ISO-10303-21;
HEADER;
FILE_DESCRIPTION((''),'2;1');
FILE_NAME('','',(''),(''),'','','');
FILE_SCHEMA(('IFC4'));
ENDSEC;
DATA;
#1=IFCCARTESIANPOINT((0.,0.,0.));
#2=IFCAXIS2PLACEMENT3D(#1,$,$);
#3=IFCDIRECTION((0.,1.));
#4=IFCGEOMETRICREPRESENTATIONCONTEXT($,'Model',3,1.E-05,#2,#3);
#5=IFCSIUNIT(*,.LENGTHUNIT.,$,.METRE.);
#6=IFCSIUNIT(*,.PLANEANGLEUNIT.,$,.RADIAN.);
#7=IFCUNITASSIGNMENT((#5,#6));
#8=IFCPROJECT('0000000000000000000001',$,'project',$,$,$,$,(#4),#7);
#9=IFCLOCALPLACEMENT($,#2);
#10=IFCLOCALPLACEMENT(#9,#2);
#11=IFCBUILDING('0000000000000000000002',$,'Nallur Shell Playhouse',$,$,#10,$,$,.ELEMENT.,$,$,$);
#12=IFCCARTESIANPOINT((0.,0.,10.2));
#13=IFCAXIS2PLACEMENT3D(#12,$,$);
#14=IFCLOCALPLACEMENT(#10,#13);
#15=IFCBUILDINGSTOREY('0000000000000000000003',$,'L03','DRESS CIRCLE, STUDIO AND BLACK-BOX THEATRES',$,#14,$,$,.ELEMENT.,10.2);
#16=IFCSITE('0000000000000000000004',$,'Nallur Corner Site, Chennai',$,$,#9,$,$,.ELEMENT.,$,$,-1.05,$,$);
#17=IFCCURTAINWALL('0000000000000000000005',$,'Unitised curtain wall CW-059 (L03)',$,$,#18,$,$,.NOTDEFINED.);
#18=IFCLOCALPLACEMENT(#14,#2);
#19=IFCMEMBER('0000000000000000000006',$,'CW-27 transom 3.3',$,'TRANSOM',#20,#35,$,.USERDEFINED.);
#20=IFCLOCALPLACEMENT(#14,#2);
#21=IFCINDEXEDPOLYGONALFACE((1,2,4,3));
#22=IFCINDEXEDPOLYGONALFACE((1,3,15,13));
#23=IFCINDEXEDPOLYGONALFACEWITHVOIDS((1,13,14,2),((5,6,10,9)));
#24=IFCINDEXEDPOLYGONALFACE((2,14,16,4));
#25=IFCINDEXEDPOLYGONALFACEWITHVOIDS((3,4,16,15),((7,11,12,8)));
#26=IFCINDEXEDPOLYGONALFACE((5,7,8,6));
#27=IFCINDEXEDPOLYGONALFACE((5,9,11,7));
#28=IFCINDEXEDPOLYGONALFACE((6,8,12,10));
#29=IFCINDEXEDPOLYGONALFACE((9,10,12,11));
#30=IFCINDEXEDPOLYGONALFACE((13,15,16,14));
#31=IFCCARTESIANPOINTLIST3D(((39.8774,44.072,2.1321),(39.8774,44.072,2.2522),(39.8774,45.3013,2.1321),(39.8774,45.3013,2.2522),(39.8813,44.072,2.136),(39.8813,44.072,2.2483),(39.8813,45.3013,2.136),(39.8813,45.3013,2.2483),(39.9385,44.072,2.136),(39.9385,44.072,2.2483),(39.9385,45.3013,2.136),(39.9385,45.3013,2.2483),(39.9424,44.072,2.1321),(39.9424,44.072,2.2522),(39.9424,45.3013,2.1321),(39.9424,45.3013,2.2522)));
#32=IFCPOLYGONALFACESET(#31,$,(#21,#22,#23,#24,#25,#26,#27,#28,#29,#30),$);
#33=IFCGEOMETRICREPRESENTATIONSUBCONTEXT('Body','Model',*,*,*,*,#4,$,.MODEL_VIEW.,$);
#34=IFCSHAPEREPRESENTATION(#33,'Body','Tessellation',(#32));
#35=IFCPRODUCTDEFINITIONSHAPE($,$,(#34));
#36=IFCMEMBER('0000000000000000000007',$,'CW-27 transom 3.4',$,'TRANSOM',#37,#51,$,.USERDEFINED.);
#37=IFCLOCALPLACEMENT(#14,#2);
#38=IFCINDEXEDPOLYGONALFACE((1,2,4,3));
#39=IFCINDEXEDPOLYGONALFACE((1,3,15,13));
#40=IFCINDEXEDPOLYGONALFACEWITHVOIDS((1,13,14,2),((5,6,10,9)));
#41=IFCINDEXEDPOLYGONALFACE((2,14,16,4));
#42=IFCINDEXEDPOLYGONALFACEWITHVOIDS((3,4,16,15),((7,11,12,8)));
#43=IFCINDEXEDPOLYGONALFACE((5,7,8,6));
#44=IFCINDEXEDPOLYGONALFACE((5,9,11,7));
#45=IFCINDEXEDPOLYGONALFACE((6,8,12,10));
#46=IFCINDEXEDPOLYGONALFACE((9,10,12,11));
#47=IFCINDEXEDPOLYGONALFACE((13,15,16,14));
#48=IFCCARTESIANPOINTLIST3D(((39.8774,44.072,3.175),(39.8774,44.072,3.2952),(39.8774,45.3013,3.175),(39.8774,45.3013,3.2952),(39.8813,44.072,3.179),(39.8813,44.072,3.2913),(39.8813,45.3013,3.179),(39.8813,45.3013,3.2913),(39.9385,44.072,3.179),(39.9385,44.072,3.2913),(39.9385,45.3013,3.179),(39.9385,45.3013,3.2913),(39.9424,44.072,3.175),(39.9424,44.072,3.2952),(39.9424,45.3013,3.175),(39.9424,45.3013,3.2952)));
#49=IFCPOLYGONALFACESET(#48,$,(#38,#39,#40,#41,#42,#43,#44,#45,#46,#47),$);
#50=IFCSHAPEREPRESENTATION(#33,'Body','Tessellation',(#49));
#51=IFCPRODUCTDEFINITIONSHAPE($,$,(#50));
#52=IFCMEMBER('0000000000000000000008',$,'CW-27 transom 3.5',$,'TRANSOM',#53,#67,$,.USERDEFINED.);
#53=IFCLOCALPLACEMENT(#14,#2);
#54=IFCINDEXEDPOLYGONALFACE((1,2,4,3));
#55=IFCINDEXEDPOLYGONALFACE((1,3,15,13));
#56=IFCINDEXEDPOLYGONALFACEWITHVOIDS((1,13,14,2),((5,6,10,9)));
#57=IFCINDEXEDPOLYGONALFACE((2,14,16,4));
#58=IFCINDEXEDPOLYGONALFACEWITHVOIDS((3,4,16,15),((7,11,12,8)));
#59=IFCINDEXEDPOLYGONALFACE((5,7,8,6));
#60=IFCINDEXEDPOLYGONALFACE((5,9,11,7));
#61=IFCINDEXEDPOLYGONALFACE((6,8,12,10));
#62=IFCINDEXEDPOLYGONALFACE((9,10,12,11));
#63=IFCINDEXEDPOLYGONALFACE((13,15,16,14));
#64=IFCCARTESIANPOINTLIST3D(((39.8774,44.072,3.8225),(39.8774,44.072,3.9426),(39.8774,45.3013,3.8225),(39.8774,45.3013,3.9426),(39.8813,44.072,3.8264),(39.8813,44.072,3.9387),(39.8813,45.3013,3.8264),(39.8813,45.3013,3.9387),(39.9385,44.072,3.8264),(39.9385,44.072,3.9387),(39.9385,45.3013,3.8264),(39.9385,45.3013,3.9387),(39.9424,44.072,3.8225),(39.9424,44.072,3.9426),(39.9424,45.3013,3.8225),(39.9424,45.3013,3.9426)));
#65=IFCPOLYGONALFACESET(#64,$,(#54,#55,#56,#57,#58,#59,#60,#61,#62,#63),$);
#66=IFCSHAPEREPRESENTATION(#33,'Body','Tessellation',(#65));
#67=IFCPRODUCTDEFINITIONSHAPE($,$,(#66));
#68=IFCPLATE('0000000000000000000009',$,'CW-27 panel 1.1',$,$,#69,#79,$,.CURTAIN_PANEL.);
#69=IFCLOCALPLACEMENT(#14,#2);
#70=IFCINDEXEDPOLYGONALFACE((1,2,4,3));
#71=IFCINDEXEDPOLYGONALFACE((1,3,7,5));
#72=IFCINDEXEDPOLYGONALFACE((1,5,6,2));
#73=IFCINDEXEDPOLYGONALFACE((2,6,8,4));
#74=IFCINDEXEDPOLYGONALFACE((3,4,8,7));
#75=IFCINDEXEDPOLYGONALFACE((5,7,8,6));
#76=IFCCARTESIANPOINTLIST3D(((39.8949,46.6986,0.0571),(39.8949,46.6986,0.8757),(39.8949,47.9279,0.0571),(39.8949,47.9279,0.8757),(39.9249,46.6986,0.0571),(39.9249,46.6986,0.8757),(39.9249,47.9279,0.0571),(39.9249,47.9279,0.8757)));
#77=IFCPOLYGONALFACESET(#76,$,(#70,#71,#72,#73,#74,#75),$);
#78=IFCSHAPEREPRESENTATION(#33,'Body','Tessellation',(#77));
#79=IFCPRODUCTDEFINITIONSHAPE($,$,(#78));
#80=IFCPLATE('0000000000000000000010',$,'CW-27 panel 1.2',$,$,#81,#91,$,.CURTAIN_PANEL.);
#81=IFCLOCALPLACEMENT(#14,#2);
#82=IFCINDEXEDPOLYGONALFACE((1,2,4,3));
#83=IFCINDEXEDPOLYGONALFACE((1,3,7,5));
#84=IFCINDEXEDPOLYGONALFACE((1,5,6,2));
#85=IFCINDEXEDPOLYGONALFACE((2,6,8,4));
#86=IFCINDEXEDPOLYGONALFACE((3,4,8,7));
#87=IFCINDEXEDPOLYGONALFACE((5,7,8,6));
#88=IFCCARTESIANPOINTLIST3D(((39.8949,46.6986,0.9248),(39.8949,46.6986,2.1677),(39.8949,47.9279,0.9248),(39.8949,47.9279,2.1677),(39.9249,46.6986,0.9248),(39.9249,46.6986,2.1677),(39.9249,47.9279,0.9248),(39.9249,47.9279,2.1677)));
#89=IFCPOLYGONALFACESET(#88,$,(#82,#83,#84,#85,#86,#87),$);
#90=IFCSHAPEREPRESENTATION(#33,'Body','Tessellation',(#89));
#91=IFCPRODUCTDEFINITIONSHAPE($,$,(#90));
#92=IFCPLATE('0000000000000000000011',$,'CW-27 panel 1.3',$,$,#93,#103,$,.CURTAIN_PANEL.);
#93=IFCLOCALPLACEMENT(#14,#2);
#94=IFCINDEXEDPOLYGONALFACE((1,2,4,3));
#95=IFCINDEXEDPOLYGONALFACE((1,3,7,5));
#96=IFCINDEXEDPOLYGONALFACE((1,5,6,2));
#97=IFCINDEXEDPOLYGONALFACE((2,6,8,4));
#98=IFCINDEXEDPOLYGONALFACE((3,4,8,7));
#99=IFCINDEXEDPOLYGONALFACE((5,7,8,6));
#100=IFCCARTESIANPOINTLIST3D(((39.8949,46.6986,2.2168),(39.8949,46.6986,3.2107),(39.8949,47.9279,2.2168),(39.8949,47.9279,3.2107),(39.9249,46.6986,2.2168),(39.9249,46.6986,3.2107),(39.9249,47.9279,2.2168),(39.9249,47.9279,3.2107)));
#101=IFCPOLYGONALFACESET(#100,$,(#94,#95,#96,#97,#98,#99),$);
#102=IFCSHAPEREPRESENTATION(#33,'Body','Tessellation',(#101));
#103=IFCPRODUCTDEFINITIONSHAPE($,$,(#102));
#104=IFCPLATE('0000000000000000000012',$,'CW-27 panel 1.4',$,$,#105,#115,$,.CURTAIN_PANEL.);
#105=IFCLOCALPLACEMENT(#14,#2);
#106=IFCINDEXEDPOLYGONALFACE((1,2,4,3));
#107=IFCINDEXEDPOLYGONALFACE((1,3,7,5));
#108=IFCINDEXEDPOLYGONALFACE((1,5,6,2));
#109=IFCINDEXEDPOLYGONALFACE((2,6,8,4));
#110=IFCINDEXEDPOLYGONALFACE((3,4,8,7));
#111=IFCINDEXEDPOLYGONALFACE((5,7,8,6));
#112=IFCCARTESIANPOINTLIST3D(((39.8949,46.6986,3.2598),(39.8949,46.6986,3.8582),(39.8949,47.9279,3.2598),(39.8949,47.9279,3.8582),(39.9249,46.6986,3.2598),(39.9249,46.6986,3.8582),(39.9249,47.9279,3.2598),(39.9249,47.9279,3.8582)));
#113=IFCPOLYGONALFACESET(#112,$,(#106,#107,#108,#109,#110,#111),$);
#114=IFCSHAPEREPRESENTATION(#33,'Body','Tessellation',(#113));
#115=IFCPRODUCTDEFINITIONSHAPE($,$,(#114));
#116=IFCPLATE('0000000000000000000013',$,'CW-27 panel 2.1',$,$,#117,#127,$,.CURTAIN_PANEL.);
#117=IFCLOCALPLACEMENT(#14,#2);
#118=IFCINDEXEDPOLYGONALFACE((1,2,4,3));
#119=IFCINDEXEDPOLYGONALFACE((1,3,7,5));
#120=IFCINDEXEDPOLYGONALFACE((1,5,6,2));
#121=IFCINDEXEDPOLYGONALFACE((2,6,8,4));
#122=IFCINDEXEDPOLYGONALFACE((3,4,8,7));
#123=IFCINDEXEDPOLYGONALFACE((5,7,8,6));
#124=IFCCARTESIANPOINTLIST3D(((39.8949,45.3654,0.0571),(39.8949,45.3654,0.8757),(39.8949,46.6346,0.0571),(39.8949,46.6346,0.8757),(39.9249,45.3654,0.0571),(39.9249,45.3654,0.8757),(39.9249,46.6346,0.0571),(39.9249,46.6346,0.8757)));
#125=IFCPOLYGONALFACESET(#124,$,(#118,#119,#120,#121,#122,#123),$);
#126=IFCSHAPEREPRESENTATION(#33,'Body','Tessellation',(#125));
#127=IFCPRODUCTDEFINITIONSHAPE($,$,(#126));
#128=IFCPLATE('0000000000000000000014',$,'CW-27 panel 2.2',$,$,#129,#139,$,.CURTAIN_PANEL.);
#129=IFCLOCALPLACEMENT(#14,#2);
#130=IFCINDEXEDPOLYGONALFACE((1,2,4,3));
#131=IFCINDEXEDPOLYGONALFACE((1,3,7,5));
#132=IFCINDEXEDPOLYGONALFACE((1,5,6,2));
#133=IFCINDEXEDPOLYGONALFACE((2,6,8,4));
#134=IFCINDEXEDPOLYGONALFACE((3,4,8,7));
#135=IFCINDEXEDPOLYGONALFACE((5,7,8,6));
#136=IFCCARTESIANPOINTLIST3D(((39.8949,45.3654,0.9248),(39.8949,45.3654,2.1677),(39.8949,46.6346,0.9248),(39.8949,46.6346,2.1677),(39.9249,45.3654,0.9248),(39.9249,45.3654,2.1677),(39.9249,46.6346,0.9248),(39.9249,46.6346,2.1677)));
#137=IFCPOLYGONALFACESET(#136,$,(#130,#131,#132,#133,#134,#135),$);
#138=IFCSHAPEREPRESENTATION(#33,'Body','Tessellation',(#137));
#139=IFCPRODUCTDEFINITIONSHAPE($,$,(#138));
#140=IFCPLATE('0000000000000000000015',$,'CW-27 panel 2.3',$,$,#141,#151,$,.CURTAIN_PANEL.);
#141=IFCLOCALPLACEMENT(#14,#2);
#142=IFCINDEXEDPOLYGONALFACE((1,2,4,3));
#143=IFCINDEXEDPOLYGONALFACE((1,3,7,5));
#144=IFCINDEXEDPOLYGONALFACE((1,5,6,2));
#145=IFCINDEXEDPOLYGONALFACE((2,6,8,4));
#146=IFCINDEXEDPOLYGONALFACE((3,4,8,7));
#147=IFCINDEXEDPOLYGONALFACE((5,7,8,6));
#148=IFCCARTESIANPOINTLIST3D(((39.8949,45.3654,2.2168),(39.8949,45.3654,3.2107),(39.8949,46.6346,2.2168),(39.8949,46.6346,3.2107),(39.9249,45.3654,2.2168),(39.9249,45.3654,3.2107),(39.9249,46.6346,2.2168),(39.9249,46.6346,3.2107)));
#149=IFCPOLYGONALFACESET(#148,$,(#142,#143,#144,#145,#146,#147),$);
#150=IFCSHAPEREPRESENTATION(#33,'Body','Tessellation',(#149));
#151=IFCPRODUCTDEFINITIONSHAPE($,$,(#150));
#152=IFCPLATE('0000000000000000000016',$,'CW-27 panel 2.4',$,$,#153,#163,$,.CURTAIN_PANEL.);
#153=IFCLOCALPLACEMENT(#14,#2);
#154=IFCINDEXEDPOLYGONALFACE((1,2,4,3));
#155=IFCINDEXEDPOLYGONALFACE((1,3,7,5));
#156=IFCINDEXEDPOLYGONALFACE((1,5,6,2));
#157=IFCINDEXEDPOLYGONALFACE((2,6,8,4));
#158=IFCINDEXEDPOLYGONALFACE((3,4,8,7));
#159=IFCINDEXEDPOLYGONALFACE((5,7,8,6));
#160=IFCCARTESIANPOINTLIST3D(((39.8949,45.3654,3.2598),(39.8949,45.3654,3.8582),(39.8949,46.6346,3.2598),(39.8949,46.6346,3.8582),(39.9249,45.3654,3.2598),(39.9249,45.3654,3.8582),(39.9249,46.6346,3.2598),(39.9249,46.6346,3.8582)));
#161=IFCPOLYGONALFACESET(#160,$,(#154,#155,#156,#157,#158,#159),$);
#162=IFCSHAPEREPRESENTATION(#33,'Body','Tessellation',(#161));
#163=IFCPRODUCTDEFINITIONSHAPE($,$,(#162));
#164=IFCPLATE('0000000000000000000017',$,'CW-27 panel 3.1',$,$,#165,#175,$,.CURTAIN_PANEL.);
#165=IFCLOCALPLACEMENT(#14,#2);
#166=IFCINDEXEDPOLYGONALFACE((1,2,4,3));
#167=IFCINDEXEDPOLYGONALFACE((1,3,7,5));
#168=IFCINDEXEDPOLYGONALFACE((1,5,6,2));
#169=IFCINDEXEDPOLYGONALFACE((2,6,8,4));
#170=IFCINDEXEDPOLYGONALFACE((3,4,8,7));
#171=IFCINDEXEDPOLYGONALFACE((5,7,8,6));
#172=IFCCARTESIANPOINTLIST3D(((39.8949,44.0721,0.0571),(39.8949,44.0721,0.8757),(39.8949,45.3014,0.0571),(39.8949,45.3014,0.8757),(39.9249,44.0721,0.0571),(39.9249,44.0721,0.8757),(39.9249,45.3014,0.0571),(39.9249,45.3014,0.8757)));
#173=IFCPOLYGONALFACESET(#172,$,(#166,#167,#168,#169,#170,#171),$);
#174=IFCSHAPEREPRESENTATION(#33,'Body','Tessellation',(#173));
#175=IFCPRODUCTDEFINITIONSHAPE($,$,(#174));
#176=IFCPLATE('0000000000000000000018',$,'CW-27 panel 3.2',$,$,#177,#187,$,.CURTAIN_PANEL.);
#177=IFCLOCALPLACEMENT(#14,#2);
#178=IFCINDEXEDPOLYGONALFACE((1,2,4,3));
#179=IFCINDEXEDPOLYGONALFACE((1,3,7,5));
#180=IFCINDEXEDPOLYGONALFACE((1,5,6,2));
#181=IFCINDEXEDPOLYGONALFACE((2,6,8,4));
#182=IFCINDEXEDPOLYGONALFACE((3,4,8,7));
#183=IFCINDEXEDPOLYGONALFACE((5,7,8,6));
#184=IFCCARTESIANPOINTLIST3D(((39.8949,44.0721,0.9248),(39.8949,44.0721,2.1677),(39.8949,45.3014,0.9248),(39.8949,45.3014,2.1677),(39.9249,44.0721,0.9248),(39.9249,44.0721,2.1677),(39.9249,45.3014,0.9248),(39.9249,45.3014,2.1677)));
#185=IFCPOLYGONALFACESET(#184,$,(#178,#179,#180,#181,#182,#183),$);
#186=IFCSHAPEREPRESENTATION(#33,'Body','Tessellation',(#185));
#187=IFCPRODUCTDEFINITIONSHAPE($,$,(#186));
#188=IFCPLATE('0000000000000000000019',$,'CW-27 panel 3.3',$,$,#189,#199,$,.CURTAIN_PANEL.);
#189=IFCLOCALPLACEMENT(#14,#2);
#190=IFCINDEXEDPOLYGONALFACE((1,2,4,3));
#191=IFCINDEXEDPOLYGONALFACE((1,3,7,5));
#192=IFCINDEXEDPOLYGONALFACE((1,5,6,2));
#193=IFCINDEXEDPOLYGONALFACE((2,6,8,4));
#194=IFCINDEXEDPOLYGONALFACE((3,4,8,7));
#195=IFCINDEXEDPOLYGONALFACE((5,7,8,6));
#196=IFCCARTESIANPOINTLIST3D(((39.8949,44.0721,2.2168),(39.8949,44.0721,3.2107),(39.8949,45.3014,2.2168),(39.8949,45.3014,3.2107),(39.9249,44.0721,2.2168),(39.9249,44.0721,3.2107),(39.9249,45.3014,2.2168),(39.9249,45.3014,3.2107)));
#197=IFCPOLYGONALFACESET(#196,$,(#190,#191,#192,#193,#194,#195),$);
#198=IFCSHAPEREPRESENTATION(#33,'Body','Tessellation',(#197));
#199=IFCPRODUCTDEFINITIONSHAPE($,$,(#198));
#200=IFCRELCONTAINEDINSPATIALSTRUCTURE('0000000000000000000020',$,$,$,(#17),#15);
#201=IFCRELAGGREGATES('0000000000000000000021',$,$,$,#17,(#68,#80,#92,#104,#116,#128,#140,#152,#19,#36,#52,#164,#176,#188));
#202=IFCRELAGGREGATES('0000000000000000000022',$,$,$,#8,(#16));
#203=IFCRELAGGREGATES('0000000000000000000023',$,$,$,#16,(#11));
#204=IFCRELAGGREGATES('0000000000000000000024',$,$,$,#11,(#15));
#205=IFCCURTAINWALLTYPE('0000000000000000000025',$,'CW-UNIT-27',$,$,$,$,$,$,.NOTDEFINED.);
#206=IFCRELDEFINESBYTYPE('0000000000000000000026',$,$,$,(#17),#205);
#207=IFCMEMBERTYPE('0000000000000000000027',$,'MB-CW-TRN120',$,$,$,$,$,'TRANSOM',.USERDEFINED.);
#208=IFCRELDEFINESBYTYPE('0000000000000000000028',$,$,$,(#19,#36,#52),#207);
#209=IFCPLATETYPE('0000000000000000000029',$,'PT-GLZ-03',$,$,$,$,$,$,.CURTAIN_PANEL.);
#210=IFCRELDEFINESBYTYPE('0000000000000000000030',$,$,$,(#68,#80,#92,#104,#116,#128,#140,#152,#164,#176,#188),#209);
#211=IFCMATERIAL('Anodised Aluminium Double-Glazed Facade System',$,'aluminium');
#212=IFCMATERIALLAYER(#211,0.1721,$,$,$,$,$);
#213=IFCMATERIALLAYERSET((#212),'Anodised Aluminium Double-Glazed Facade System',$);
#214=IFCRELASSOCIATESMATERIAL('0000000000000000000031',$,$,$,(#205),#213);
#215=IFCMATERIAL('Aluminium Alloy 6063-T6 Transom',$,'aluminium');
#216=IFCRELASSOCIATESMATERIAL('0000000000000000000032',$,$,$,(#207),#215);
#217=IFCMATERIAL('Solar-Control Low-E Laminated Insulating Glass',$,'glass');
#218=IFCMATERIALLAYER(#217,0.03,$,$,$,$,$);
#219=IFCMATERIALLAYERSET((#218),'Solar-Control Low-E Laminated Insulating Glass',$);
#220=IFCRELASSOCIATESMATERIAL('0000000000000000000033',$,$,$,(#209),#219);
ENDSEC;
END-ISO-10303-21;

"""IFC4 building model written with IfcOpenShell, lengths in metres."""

from ifc_helpers import new_model, si_unit, direction, frame, origin, origin_2d, place, context, subcontext, project, spatial, rectangle, hollow_rectangle, extrude, material, layer, layer_set, material_profile, profile_set, type_object, element, aggregate, save


model = new_model("IFC4")

# Units and contexts
model_context = context("Model", 3, precision=1e-05, world=origin(), true_north=direction((0.0, 1.0)))
body_context = subcontext(model_context, "Body", "Model", "MODEL_VIEW")
ifc_project = project(units=[si_unit("LENGTHUNIT", "METRE"), si_unit("PLANEANGLEUNIT", "RADIAN")], contexts=[model_context])

# Site, building, storey
site_placement = place(None, origin())
site = spatial("IfcSite", under=ifc_project, at=site_placement, Name="Nallur Corner Site, Chennai", CompositionType="ELEMENT", RefElevation=-1.05)
building_placement = place(site_placement, origin())
building = spatial("IfcBuilding", under=site, at=building_placement, Name="Nallur Shell Playhouse", CompositionType="ELEMENT")
storey_placement = place(building_placement, frame((0.0, 0.0, 10.2)))
storey = spatial("IfcBuildingStorey", under=building, at=storey_placement, Name="L03", Description="DRESS CIRCLE, STUDIO AND BLACK-BOX THEATRES", CompositionType="ELEMENT", Elevation=10.2)

# Curtain wall, members, plates
ifc_material_1 = material(Name="Anodised Aluminium Double-Glazed Facade System", Category="aluminium")
ifc_layer_1 = layer(ifc_material_1, 0.1721)
ifc_layer_set_1 = layer_set([ifc_layer_1], Name="Anodised Aluminium Double-Glazed Facade System")
curtain_wall_type = type_object("IfcCurtainWallType", Name="CW-UNIT-27", PredefinedType="NOTDEFINED", material=ifc_layer_set_1)
curtain_wall_placement = place(storey_placement, origin())
curtain_wall = element("IfcCurtainWall", 1, at=curtain_wall_placement, inside=storey, type_object=curtain_wall_type, Name="Unitised curtain wall CW-059 (L03)", PredefinedType="NOTDEFINED")
ifc_material_2 = material(Name="Aluminium Alloy 6063-T6 Transom", Category="aluminium")
ifc_material_profile_1 = material_profile(ifc_material_2, hollow_rectangle(XDim=0.0649, YDim=0.1201, WallThickness=0.0039, at=origin_2d()), Name="ALU 65x120x4")
ifc_profile_set_1 = profile_set([ifc_material_profile_1], Name="Aluminium Alloy 6063-T6 Transom")
member_type_1 = type_object("IfcMemberType", Name="MB-CW-TRN120", ElementType="TRANSOM", PredefinedType="USERDEFINED", material=ifc_profile_set_1)
member_1_placement = place(storey_placement, frame((39.9099, 45.3013, 2.1921), z_axis=(0.0, -1.0, 0.0), x_axis=(1.0, 0.0, 0.0)))
member_1 = element("IfcMember", 2, at=member_1_placement, type_object=member_type_1, Name="CW-27 transom 3.3", ObjectType="TRANSOM", PredefinedType="USERDEFINED", context=body_context, shape_type="SweptSolid", body=[
    extrude(hollow_rectangle(XDim=0.0649, YDim=0.1201, WallThickness=0.0039, at=origin_2d()), origin(), (0.0, 0.0, 1.0), 1.2292),
])
member_2_placement = place(storey_placement, frame((39.9099, 45.3013, 3.2351), z_axis=(0.0, -1.0, 0.0), x_axis=(1.0, 0.0, 0.0)))
member_2 = element("IfcMember", 3, at=member_2_placement, type_object=member_type_1, Name="CW-27 transom 3.4", ObjectType="TRANSOM", PredefinedType="USERDEFINED", context=body_context, shape_type="SweptSolid", body=[
    extrude(hollow_rectangle(XDim=0.0649, YDim=0.1201, WallThickness=0.0039, at=origin_2d()), origin(), (0.0, 0.0, 1.0), 1.2292),
])
member_3_placement = place(storey_placement, frame((39.9099, 45.3013, 3.8826), z_axis=(0.0, -1.0, 0.0), x_axis=(1.0, 0.0, 0.0)))
member_3 = element("IfcMember", 4, at=member_3_placement, type_object=member_type_1, Name="CW-27 transom 3.5", ObjectType="TRANSOM", PredefinedType="USERDEFINED", context=body_context, shape_type="SweptSolid", body=[
    extrude(hollow_rectangle(XDim=0.0649, YDim=0.1201, WallThickness=0.0039, at=origin_2d()), origin(), (0.0, 0.0, 1.0), 1.2292),
])
ifc_material_3 = material(Name="Solar-Control Low-E Laminated Insulating Glass", Category="glass")
ifc_layer_2 = layer(ifc_material_3, 0.03)
ifc_layer_set_2 = layer_set([ifc_layer_2], Name="Solar-Control Low-E Laminated Insulating Glass")
plate_type = type_object("IfcPlateType", Name="PT-GLZ-03", PredefinedType="CURTAIN_PANEL", material=ifc_layer_set_2)
plate_1_placement = place(storey_placement, frame((39.9099, 47.3132, 0.0571), z_axis=(0.0, 0.0, 1.0), x_axis=(0.0, -1.0, 0.0)))
plate_1 = element("IfcPlate", 5, at=plate_1_placement, type_object=plate_type, Name="CW-27 panel 1.1", PredefinedType="CURTAIN_PANEL", context=body_context, shape_type="SweptSolid", body=[
    extrude(rectangle(XDim=1.2292, YDim=0.03, at=origin_2d()), origin(), (0.0, 0.0, 1.0), 0.8186),
])
plate_2_placement = place(storey_placement, frame((39.9099, 47.3132, 0.9248), z_axis=(0.0, 0.0, 1.0), x_axis=(0.0, -1.0, 0.0)))
plate_2 = element("IfcPlate", 6, at=plate_2_placement, type_object=plate_type, Name="CW-27 panel 1.2", PredefinedType="CURTAIN_PANEL", context=body_context, shape_type="SweptSolid", body=[
    extrude(rectangle(XDim=1.2292, YDim=0.03, at=origin_2d()), origin(), (0.0, 0.0, 1.0), 1.2429),
])
plate_3_placement = place(storey_placement, frame((39.9099, 47.3132, 2.2168), z_axis=(0.0, 0.0, 1.0), x_axis=(0.0, -1.0, 0.0)))
plate_3 = element("IfcPlate", 7, at=plate_3_placement, type_object=plate_type, Name="CW-27 panel 1.3", PredefinedType="CURTAIN_PANEL", context=body_context, shape_type="SweptSolid", body=[
    extrude(rectangle(XDim=1.2292, YDim=0.03, at=origin_2d()), origin(), (0.0, 0.0, 1.0), 0.9939),
])
plate_4_placement = place(storey_placement, frame((39.9099, 47.3132, 3.2598), z_axis=(0.0, 0.0, 1.0), x_axis=(0.0, -1.0, 0.0)))
plate_4 = element("IfcPlate", 8, at=plate_4_placement, type_object=plate_type, Name="CW-27 panel 1.4", PredefinedType="CURTAIN_PANEL", context=body_context, shape_type="SweptSolid", body=[
    extrude(rectangle(XDim=1.2292, YDim=0.03, at=origin_2d()), origin(), (0.0, 0.0, 1.0), 0.5984),
])
plate_5_placement = place(storey_placement, frame((39.9099, 46.0, 0.0571), z_axis=(0.0, 0.0, 1.0), x_axis=(0.0, -1.0, 0.0)))
plate_5 = element("IfcPlate", 9, at=plate_5_placement, type_object=plate_type, Name="CW-27 panel 2.1", PredefinedType="CURTAIN_PANEL", context=body_context, shape_type="SweptSolid", body=[
    extrude(rectangle(XDim=1.2693, YDim=0.03, at=origin_2d()), origin(), (0.0, 0.0, 1.0), 0.8186),
])
plate_6_placement = place(storey_placement, frame((39.9099, 46.0, 0.9248), z_axis=(0.0, 0.0, 1.0), x_axis=(0.0, -1.0, 0.0)))
plate_6 = element("IfcPlate", 10, at=plate_6_placement, type_object=plate_type, Name="CW-27 panel 2.2", PredefinedType="CURTAIN_PANEL", context=body_context, shape_type="SweptSolid", body=[
    extrude(rectangle(XDim=1.2693, YDim=0.03, at=origin_2d()), origin(), (0.0, 0.0, 1.0), 1.2429),
])
plate_7_placement = place(storey_placement, frame((39.9099, 46.0, 2.2168), z_axis=(0.0, 0.0, 1.0), x_axis=(0.0, -1.0, 0.0)))
plate_7 = element("IfcPlate", 11, at=plate_7_placement, type_object=plate_type, Name="CW-27 panel 2.3", PredefinedType="CURTAIN_PANEL", context=body_context, shape_type="SweptSolid", body=[
    extrude(rectangle(XDim=1.2693, YDim=0.03, at=origin_2d()), origin(), (0.0, 0.0, 1.0), 0.9939),
])
plate_8_placement = place(storey_placement, frame((39.9099, 46.0, 3.2598), z_axis=(0.0, 0.0, 1.0), x_axis=(0.0, -1.0, 0.0)))
plate_8 = element("IfcPlate", 12, at=plate_8_placement, type_object=plate_type, Name="CW-27 panel 2.4", PredefinedType="CURTAIN_PANEL", context=body_context, shape_type="SweptSolid", body=[
    extrude(rectangle(XDim=1.2693, YDim=0.03, at=origin_2d()), origin(), (0.0, 0.0, 1.0), 0.5984),
])
plate_9_placement = place(storey_placement, frame((39.9099, 44.6868, 0.0571), z_axis=(0.0, 0.0, 1.0), x_axis=(0.0, -1.0, 0.0)))
plate_9 = element("IfcPlate", 13, at=plate_9_placement, type_object=plate_type, Name="CW-27 panel 3.1", PredefinedType="CURTAIN_PANEL", context=body_context, shape_type="SweptSolid", body=[
    extrude(rectangle(XDim=1.2292, YDim=0.03, at=origin_2d()), origin(), (0.0, 0.0, 1.0), 0.8186),
])
plate_10_placement = place(storey_placement, frame((39.9099, 44.6868, 0.9248), z_axis=(0.0, 0.0, 1.0), x_axis=(0.0, -1.0, 0.0)))
plate_10 = element("IfcPlate", 14, at=plate_10_placement, type_object=plate_type, Name="CW-27 panel 3.2", PredefinedType="CURTAIN_PANEL", context=body_context, shape_type="SweptSolid", body=[
    extrude(rectangle(XDim=1.2292, YDim=0.03, at=origin_2d()), origin(), (0.0, 0.0, 1.0), 1.2429),
])
plate_11_placement = place(storey_placement, frame((39.9099, 44.6868, 2.2168), z_axis=(0.0, 0.0, 1.0), x_axis=(0.0, -1.0, 0.0)))
plate_11 = element("IfcPlate", 15, at=plate_11_placement, type_object=plate_type, Name="CW-27 panel 3.3", PredefinedType="CURTAIN_PANEL", context=body_context, shape_type="SweptSolid", body=[
    extrude(rectangle(XDim=1.2292, YDim=0.03, at=origin_2d()), origin(), (0.0, 0.0, 1.0), 0.9939),
])
aggregate(curtain_wall, [plate_1, plate_2, plate_3, plate_4, plate_5, plate_6, plate_7, plate_8, member_1, member_2, member_3, plate_9, plate_10, plate_11])

save(model, "model.ifc")
